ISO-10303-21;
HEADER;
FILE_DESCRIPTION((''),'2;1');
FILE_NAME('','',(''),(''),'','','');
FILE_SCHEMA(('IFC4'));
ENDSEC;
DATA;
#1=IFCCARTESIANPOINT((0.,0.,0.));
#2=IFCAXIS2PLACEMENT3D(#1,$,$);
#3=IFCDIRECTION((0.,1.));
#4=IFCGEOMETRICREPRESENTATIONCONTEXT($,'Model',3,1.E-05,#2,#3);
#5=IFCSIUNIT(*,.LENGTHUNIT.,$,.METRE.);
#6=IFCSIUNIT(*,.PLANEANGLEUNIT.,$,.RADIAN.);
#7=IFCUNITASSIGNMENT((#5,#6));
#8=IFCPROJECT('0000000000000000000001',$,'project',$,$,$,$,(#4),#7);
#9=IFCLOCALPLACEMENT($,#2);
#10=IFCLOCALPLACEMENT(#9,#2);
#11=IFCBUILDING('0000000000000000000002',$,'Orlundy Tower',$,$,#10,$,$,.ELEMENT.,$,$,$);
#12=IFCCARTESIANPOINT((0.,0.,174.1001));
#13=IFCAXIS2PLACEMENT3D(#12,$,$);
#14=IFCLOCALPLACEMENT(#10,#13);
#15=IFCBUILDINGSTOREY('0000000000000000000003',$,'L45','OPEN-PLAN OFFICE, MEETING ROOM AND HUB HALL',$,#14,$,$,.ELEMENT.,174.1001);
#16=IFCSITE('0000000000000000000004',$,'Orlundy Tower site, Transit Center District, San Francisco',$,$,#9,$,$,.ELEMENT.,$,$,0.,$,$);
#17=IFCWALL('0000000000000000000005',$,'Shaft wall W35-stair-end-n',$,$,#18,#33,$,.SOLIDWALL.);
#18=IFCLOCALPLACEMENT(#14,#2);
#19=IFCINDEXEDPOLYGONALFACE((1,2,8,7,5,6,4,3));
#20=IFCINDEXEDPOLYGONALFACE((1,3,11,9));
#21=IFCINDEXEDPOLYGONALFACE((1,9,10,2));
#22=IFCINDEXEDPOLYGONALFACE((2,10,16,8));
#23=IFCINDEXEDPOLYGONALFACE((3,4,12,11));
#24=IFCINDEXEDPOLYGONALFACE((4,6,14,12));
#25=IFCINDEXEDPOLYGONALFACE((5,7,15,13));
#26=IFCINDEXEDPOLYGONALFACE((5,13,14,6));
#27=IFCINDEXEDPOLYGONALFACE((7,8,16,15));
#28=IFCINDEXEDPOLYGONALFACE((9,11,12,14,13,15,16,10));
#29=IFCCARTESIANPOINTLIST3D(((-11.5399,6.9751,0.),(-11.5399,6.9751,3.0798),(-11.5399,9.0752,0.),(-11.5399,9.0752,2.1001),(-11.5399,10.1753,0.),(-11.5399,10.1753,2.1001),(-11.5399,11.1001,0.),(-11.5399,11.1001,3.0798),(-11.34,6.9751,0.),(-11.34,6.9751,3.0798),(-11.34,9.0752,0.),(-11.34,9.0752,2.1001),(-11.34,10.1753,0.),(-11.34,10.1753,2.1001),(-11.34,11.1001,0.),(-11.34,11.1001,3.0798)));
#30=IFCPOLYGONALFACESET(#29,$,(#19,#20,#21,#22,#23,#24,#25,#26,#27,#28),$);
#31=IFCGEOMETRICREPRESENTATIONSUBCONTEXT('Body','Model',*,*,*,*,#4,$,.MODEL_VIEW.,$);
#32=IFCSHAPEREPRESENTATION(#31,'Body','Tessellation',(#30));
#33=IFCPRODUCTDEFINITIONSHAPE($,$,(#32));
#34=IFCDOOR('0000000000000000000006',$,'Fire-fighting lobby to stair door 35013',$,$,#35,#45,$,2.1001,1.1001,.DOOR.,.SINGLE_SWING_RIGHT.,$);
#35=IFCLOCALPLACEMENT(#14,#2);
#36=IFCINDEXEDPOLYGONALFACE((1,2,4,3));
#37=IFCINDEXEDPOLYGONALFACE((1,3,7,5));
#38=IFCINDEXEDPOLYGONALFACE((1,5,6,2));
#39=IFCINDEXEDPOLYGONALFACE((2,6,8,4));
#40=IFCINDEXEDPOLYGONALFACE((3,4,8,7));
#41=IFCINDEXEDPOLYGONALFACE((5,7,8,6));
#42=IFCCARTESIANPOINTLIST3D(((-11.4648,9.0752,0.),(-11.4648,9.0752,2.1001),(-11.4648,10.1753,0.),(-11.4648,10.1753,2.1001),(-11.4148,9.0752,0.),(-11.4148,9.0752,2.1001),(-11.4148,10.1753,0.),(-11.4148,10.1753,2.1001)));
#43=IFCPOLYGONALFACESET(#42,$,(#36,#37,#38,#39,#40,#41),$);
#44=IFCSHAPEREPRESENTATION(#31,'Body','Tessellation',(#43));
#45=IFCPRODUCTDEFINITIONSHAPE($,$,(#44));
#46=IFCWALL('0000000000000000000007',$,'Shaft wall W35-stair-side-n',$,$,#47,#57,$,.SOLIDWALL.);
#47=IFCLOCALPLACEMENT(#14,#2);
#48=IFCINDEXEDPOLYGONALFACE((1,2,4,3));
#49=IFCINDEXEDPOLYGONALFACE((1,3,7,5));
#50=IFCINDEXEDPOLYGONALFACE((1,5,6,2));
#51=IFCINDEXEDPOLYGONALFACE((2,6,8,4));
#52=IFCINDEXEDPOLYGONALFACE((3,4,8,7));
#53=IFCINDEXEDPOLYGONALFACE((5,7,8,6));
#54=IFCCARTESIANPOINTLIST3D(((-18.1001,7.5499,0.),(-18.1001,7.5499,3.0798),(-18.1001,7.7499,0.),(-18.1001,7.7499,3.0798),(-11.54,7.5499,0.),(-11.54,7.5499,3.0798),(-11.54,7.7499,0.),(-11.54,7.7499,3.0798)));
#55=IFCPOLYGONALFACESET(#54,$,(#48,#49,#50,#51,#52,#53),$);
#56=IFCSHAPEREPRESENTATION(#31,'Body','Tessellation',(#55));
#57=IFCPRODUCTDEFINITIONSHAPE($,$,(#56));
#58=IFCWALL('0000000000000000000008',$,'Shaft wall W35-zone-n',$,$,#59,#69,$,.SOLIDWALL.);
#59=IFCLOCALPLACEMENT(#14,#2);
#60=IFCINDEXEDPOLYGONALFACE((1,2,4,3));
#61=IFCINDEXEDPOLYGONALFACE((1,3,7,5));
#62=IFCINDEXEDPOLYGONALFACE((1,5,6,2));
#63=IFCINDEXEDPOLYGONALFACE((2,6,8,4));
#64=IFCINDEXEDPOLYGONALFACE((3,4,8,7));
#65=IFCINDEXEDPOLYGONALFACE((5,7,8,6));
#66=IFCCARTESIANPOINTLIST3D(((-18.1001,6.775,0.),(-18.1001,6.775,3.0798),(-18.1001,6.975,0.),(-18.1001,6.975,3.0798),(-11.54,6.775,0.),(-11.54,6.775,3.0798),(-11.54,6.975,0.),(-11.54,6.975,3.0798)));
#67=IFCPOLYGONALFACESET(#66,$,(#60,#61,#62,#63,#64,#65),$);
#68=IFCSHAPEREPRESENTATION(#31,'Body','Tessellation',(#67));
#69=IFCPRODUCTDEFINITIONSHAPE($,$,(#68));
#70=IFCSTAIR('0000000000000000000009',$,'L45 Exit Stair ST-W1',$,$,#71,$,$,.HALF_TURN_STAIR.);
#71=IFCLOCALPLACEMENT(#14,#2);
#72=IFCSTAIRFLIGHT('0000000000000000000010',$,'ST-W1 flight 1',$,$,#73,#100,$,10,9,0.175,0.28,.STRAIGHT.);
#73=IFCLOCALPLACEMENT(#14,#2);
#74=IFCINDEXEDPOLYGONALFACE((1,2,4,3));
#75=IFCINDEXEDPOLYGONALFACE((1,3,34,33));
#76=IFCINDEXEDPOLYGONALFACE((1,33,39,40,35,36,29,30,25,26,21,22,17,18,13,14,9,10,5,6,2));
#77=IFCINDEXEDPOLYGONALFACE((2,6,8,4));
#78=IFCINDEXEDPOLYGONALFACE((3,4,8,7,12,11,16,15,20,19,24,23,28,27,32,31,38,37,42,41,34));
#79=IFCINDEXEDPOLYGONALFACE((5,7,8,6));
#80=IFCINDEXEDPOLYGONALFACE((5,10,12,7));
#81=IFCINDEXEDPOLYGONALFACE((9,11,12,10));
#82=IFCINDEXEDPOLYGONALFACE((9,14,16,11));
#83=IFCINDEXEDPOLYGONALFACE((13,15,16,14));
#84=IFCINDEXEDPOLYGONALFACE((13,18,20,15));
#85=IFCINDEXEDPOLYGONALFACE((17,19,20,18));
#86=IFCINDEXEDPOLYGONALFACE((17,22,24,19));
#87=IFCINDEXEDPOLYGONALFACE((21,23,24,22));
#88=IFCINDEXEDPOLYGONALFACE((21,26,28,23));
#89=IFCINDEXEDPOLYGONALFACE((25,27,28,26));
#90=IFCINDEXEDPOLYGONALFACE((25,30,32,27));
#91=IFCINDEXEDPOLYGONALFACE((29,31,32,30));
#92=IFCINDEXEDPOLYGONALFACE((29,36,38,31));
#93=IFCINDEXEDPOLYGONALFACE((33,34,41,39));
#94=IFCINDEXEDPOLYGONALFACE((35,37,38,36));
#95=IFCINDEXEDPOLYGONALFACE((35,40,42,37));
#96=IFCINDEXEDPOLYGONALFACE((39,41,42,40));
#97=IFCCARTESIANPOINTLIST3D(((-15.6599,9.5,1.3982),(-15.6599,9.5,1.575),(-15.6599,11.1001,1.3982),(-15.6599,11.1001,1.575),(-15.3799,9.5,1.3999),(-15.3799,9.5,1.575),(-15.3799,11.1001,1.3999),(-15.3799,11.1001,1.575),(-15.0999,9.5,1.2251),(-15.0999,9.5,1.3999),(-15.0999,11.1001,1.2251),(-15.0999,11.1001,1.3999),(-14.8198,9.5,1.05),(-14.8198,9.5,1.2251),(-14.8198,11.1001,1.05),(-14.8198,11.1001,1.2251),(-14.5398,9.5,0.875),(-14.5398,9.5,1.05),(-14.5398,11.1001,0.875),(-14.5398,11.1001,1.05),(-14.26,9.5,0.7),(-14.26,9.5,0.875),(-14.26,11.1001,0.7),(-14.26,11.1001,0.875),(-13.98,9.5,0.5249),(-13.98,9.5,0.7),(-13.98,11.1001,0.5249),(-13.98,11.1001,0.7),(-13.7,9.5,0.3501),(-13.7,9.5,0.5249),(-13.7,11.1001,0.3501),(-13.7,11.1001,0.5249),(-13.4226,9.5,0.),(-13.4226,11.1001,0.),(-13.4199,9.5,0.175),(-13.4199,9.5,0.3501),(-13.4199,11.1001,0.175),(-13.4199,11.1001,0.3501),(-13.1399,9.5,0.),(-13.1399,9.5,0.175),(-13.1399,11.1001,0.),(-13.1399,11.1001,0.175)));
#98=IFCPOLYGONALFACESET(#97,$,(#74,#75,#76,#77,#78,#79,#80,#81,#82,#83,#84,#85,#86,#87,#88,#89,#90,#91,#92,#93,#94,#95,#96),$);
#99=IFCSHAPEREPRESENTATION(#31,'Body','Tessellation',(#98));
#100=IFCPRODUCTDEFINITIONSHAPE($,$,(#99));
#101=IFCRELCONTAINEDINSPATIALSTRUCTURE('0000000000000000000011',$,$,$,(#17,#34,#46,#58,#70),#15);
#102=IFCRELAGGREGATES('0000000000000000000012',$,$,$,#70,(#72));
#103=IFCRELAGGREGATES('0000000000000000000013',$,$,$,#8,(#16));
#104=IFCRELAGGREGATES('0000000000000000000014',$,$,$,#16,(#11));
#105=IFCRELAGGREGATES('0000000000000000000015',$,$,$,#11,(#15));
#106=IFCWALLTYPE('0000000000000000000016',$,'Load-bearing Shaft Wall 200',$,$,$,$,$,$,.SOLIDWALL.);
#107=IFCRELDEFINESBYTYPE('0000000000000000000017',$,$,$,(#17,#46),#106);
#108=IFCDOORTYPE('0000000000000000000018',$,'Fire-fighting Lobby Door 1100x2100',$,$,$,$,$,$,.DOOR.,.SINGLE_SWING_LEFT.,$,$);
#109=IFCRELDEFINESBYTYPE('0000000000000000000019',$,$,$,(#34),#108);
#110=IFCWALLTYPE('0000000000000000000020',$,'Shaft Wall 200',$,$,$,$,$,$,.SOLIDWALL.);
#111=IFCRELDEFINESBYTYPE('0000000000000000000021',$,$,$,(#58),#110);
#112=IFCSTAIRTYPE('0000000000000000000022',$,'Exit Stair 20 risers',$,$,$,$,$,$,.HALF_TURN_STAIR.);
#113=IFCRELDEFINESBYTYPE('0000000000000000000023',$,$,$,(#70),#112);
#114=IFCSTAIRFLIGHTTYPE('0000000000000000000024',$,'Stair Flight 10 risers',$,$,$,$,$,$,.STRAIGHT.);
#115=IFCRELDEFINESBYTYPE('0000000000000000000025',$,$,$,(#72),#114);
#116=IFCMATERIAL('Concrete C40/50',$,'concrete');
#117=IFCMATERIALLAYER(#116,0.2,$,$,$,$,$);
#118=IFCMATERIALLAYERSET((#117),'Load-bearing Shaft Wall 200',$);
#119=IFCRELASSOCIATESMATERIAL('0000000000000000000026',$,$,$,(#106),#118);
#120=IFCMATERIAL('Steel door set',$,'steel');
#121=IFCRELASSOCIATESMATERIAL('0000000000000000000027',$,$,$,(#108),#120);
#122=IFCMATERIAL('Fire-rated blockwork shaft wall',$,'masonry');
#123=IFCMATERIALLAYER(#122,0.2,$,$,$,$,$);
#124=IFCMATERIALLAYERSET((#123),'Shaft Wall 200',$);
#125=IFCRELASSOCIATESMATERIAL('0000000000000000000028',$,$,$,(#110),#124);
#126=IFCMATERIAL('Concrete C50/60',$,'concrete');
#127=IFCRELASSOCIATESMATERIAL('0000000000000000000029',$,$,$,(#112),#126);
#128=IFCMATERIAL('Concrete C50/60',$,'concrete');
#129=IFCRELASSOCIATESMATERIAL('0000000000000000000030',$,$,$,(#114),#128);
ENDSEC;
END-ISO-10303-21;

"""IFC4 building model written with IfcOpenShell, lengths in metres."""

from ifc_helpers import new_model, si_unit, direction, frame, frame_2d, origin, place, context, subcontext, project, spatial, polyline, rectangle, outline, extrude, material, layer, layer_set, type_object, element, fill, aggregate, save


model = new_model("IFC4")

# Units and contexts
model_context = context("Model", 3, precision=1e-05, world=origin(), true_north=direction((0.0, 1.0)))
body_context = subcontext(model_context, "Body", "Model", "MODEL_VIEW")
ifc_project = project(units=[si_unit("LENGTHUNIT", "METRE"), si_unit("PLANEANGLEUNIT", "RADIAN")], contexts=[model_context])

# Site, building, storey
site_placement = place(None, origin())
site = spatial("IfcSite", under=ifc_project, at=site_placement, Name="Orlundy Tower site, Transit Center District, San Francisco", CompositionType="ELEMENT", RefElevation=0.0)
building_placement = place(site_placement, origin())
building = spatial("IfcBuilding", under=site, at=building_placement, Name="Orlundy Tower", CompositionType="ELEMENT")
storey_placement = place(building_placement, frame((0.0, 0.0, 174.1001)))
storey = spatial("IfcBuildingStorey", under=building, at=storey_placement, Name="L45", Description="OPEN-PLAN OFFICE, MEETING ROOM AND HUB HALL", CompositionType="ELEMENT", Elevation=174.1001)

# Wall, opening, door
ifc_material_1 = material(Name="Concrete C40/50", Category="concrete")
ifc_layer_1 = layer(ifc_material_1, 0.2)
ifc_layer_set_1 = layer_set([ifc_layer_1], Name="Load-bearing Shaft Wall 200")
wall_type_1 = type_object("IfcWallType", Name="Load-bearing Shaft Wall 200", PredefinedType="SOLIDWALL", material=ifc_layer_set_1)
wall_1_placement = place(storey_placement, frame((-11.4399, 6.9751, 0.0), z_axis=(0.0, 0.0, 1.0), x_axis=(0.0, 1.0, 0.0)))
wall_1 = element("IfcWall", 1, at=wall_1_placement, inside=storey, type_object=wall_type_1, Name="Shaft wall W35-stair-end-n", PredefinedType="SOLIDWALL", context=body_context, shape_type="SweptSolid", body=[
    extrude(rectangle(XDim=4.125, YDim=0.2, at=frame_2d((2.0625, 0.0))), origin(), (0.0, 0.0, 1.0), 3.0798),
])
opening_1_placement = place(wall_1_placement, frame((2.1001, 0.0, 0.0)))
opening_1 = element("IfcOpeningElement", 2, at=opening_1_placement, cuts=wall_1, PredefinedType="OPENING", context=body_context, shape_type="SweptSolid", body=[
    extrude(rectangle(XDim=1.1001, YDim=2.1001, at=frame_2d((0.55, 1.05))), frame((0.0, 0.1101, 0.0), z_axis=(0.0, -1.0, 0.0), x_axis=(1.0, 0.0, 0.0)), (0.0, 0.0, 1.0), 0.2202),
])
ifc_material_2 = material(Name="Steel door set", Category="steel")
door_type_1 = type_object("IfcDoorType", Name="Fire-fighting Lobby Door 1100x2100", OperationType="SINGLE_SWING_LEFT", PredefinedType="DOOR", material=ifc_material_2)
door_1_placement = place(opening_1_placement, origin())
door_1 = element("IfcDoor", 3, at=door_1_placement, inside=storey, type_object=door_type_1, Name="Fire-fighting lobby to stair door 35013", OperationType="SINGLE_SWING_RIGHT", OverallHeight=2.1001, OverallWidth=1.1001, PredefinedType="DOOR", context=body_context, shape_type="SweptSolid", body=[
    extrude(rectangle(XDim=1.1001, YDim=2.1001, at=frame_2d((0.55, 1.05))), frame((0.0, 0.0249, 0.0), z_axis=(0.0, -1.0, 0.0), x_axis=(1.0, 0.0, 0.0)), (0.0, 0.0, 1.0), 0.05),
])
fill(opening_1, door_1)

# Walls
wall_2_placement = place(storey_placement, frame((-11.54, 7.6499, 0.0), z_axis=(0.0, 0.0, 1.0), x_axis=(-1.0, 0.0, 0.0)))
element("IfcWall", 4, at=wall_2_placement, inside=storey, type_object=wall_type_1, Name="Shaft wall W35-stair-side-n", PredefinedType="SOLIDWALL", context=body_context, shape_type="SweptSolid", body=[
    extrude(rectangle(XDim=6.5601, YDim=0.2, at=frame_2d((3.28, 0.0))), origin(), (0.0, 0.0, 1.0), 3.0798),
])
ifc_material_3 = material(Name="Fire-rated blockwork shaft wall", Category="masonry")
ifc_layer_2 = layer(ifc_material_3, 0.2)
ifc_layer_set_2 = layer_set([ifc_layer_2], Name="Shaft Wall 200")
wall_type_2 = type_object("IfcWallType", Name="Shaft Wall 200", PredefinedType="SOLIDWALL", material=ifc_layer_set_2)
wall_3_placement = place(storey_placement, frame((-11.54, 6.875, 0.0), z_axis=(0.0, 0.0, 1.0), x_axis=(-1.0, 0.0, 0.0)))
element("IfcWall", 5, at=wall_3_placement, inside=storey, type_object=wall_type_2, Name="Shaft wall W35-zone-n", PredefinedType="SOLIDWALL", context=body_context, shape_type="SweptSolid", body=[
    extrude(rectangle(XDim=6.5601, YDim=0.2, at=frame_2d((3.28, 0.0))), origin(), (0.0, 0.0, 1.0), 3.0798),
])

# Stair, stair flight
ifc_material_4 = material(Name="Concrete C50/60", Category="concrete")
stair_type = type_object("IfcStairType", Name="Exit Stair 20 risers", PredefinedType="HALF_TURN_STAIR", material=ifc_material_4)
stair_placement = place(storey_placement, origin())
stair = element("IfcStair", 6, at=stair_placement, inside=storey, type_object=stair_type, Name="L45 Exit Stair ST-W1", PredefinedType="HALF_TURN_STAIR")
ifc_material_5 = material(Name="Concrete C50/60", Category="concrete")
stair_flight_type = type_object("IfcStairFlightType", Name="Stair Flight 10 risers", PredefinedType="STRAIGHT", material=ifc_material_5)
stair_flight_placement = place(storey_placement, frame((-13.1399, 10.3, 0.0), z_axis=(0.0, 0.0, 1.0), x_axis=(-1.0, 0.0, 0.0)))
stair_flight = element("IfcStairFlight", 7, at=stair_flight_placement, type_object=stair_flight_type, Name="ST-W1 flight 1", NumberOfRisers=10, NumberOfTreads=9, PredefinedType="STRAIGHT", RiserHeight=0.175, TreadLength=0.28, context=body_context, shape_type="SweptSolid", body=[
    extrude(outline(polyline([(0.0, 0.0), (0.0, 0.175), (0.28, 0.175), (0.28, 0.3501), (0.5601, 0.3501), (0.5601, 0.5249), (0.8401, 0.5249), (0.8401, 0.7), (1.1201, 0.7), (1.1201, 0.875), (1.3999, 0.875), (1.3999, 1.05), (1.6799, 1.05), (1.6799, 1.2251), (1.96, 1.2251), (1.96, 1.3999), (2.24, 1.3999), (2.24, 1.575), (2.52, 1.575), (2.52, 1.75), (2.52, 1.3982), (0.2827, 0.0), (0.0, 0.0)])), frame((0.0, 0.8, 0.0), z_axis=(0.0, -1.0, 0.0), x_axis=(1.0, 0.0, 0.0)), (0.0, 0.0, 1.0), 1.6001),
])
aggregate(stair, [stair_flight])

save(model, "model.ifc")
